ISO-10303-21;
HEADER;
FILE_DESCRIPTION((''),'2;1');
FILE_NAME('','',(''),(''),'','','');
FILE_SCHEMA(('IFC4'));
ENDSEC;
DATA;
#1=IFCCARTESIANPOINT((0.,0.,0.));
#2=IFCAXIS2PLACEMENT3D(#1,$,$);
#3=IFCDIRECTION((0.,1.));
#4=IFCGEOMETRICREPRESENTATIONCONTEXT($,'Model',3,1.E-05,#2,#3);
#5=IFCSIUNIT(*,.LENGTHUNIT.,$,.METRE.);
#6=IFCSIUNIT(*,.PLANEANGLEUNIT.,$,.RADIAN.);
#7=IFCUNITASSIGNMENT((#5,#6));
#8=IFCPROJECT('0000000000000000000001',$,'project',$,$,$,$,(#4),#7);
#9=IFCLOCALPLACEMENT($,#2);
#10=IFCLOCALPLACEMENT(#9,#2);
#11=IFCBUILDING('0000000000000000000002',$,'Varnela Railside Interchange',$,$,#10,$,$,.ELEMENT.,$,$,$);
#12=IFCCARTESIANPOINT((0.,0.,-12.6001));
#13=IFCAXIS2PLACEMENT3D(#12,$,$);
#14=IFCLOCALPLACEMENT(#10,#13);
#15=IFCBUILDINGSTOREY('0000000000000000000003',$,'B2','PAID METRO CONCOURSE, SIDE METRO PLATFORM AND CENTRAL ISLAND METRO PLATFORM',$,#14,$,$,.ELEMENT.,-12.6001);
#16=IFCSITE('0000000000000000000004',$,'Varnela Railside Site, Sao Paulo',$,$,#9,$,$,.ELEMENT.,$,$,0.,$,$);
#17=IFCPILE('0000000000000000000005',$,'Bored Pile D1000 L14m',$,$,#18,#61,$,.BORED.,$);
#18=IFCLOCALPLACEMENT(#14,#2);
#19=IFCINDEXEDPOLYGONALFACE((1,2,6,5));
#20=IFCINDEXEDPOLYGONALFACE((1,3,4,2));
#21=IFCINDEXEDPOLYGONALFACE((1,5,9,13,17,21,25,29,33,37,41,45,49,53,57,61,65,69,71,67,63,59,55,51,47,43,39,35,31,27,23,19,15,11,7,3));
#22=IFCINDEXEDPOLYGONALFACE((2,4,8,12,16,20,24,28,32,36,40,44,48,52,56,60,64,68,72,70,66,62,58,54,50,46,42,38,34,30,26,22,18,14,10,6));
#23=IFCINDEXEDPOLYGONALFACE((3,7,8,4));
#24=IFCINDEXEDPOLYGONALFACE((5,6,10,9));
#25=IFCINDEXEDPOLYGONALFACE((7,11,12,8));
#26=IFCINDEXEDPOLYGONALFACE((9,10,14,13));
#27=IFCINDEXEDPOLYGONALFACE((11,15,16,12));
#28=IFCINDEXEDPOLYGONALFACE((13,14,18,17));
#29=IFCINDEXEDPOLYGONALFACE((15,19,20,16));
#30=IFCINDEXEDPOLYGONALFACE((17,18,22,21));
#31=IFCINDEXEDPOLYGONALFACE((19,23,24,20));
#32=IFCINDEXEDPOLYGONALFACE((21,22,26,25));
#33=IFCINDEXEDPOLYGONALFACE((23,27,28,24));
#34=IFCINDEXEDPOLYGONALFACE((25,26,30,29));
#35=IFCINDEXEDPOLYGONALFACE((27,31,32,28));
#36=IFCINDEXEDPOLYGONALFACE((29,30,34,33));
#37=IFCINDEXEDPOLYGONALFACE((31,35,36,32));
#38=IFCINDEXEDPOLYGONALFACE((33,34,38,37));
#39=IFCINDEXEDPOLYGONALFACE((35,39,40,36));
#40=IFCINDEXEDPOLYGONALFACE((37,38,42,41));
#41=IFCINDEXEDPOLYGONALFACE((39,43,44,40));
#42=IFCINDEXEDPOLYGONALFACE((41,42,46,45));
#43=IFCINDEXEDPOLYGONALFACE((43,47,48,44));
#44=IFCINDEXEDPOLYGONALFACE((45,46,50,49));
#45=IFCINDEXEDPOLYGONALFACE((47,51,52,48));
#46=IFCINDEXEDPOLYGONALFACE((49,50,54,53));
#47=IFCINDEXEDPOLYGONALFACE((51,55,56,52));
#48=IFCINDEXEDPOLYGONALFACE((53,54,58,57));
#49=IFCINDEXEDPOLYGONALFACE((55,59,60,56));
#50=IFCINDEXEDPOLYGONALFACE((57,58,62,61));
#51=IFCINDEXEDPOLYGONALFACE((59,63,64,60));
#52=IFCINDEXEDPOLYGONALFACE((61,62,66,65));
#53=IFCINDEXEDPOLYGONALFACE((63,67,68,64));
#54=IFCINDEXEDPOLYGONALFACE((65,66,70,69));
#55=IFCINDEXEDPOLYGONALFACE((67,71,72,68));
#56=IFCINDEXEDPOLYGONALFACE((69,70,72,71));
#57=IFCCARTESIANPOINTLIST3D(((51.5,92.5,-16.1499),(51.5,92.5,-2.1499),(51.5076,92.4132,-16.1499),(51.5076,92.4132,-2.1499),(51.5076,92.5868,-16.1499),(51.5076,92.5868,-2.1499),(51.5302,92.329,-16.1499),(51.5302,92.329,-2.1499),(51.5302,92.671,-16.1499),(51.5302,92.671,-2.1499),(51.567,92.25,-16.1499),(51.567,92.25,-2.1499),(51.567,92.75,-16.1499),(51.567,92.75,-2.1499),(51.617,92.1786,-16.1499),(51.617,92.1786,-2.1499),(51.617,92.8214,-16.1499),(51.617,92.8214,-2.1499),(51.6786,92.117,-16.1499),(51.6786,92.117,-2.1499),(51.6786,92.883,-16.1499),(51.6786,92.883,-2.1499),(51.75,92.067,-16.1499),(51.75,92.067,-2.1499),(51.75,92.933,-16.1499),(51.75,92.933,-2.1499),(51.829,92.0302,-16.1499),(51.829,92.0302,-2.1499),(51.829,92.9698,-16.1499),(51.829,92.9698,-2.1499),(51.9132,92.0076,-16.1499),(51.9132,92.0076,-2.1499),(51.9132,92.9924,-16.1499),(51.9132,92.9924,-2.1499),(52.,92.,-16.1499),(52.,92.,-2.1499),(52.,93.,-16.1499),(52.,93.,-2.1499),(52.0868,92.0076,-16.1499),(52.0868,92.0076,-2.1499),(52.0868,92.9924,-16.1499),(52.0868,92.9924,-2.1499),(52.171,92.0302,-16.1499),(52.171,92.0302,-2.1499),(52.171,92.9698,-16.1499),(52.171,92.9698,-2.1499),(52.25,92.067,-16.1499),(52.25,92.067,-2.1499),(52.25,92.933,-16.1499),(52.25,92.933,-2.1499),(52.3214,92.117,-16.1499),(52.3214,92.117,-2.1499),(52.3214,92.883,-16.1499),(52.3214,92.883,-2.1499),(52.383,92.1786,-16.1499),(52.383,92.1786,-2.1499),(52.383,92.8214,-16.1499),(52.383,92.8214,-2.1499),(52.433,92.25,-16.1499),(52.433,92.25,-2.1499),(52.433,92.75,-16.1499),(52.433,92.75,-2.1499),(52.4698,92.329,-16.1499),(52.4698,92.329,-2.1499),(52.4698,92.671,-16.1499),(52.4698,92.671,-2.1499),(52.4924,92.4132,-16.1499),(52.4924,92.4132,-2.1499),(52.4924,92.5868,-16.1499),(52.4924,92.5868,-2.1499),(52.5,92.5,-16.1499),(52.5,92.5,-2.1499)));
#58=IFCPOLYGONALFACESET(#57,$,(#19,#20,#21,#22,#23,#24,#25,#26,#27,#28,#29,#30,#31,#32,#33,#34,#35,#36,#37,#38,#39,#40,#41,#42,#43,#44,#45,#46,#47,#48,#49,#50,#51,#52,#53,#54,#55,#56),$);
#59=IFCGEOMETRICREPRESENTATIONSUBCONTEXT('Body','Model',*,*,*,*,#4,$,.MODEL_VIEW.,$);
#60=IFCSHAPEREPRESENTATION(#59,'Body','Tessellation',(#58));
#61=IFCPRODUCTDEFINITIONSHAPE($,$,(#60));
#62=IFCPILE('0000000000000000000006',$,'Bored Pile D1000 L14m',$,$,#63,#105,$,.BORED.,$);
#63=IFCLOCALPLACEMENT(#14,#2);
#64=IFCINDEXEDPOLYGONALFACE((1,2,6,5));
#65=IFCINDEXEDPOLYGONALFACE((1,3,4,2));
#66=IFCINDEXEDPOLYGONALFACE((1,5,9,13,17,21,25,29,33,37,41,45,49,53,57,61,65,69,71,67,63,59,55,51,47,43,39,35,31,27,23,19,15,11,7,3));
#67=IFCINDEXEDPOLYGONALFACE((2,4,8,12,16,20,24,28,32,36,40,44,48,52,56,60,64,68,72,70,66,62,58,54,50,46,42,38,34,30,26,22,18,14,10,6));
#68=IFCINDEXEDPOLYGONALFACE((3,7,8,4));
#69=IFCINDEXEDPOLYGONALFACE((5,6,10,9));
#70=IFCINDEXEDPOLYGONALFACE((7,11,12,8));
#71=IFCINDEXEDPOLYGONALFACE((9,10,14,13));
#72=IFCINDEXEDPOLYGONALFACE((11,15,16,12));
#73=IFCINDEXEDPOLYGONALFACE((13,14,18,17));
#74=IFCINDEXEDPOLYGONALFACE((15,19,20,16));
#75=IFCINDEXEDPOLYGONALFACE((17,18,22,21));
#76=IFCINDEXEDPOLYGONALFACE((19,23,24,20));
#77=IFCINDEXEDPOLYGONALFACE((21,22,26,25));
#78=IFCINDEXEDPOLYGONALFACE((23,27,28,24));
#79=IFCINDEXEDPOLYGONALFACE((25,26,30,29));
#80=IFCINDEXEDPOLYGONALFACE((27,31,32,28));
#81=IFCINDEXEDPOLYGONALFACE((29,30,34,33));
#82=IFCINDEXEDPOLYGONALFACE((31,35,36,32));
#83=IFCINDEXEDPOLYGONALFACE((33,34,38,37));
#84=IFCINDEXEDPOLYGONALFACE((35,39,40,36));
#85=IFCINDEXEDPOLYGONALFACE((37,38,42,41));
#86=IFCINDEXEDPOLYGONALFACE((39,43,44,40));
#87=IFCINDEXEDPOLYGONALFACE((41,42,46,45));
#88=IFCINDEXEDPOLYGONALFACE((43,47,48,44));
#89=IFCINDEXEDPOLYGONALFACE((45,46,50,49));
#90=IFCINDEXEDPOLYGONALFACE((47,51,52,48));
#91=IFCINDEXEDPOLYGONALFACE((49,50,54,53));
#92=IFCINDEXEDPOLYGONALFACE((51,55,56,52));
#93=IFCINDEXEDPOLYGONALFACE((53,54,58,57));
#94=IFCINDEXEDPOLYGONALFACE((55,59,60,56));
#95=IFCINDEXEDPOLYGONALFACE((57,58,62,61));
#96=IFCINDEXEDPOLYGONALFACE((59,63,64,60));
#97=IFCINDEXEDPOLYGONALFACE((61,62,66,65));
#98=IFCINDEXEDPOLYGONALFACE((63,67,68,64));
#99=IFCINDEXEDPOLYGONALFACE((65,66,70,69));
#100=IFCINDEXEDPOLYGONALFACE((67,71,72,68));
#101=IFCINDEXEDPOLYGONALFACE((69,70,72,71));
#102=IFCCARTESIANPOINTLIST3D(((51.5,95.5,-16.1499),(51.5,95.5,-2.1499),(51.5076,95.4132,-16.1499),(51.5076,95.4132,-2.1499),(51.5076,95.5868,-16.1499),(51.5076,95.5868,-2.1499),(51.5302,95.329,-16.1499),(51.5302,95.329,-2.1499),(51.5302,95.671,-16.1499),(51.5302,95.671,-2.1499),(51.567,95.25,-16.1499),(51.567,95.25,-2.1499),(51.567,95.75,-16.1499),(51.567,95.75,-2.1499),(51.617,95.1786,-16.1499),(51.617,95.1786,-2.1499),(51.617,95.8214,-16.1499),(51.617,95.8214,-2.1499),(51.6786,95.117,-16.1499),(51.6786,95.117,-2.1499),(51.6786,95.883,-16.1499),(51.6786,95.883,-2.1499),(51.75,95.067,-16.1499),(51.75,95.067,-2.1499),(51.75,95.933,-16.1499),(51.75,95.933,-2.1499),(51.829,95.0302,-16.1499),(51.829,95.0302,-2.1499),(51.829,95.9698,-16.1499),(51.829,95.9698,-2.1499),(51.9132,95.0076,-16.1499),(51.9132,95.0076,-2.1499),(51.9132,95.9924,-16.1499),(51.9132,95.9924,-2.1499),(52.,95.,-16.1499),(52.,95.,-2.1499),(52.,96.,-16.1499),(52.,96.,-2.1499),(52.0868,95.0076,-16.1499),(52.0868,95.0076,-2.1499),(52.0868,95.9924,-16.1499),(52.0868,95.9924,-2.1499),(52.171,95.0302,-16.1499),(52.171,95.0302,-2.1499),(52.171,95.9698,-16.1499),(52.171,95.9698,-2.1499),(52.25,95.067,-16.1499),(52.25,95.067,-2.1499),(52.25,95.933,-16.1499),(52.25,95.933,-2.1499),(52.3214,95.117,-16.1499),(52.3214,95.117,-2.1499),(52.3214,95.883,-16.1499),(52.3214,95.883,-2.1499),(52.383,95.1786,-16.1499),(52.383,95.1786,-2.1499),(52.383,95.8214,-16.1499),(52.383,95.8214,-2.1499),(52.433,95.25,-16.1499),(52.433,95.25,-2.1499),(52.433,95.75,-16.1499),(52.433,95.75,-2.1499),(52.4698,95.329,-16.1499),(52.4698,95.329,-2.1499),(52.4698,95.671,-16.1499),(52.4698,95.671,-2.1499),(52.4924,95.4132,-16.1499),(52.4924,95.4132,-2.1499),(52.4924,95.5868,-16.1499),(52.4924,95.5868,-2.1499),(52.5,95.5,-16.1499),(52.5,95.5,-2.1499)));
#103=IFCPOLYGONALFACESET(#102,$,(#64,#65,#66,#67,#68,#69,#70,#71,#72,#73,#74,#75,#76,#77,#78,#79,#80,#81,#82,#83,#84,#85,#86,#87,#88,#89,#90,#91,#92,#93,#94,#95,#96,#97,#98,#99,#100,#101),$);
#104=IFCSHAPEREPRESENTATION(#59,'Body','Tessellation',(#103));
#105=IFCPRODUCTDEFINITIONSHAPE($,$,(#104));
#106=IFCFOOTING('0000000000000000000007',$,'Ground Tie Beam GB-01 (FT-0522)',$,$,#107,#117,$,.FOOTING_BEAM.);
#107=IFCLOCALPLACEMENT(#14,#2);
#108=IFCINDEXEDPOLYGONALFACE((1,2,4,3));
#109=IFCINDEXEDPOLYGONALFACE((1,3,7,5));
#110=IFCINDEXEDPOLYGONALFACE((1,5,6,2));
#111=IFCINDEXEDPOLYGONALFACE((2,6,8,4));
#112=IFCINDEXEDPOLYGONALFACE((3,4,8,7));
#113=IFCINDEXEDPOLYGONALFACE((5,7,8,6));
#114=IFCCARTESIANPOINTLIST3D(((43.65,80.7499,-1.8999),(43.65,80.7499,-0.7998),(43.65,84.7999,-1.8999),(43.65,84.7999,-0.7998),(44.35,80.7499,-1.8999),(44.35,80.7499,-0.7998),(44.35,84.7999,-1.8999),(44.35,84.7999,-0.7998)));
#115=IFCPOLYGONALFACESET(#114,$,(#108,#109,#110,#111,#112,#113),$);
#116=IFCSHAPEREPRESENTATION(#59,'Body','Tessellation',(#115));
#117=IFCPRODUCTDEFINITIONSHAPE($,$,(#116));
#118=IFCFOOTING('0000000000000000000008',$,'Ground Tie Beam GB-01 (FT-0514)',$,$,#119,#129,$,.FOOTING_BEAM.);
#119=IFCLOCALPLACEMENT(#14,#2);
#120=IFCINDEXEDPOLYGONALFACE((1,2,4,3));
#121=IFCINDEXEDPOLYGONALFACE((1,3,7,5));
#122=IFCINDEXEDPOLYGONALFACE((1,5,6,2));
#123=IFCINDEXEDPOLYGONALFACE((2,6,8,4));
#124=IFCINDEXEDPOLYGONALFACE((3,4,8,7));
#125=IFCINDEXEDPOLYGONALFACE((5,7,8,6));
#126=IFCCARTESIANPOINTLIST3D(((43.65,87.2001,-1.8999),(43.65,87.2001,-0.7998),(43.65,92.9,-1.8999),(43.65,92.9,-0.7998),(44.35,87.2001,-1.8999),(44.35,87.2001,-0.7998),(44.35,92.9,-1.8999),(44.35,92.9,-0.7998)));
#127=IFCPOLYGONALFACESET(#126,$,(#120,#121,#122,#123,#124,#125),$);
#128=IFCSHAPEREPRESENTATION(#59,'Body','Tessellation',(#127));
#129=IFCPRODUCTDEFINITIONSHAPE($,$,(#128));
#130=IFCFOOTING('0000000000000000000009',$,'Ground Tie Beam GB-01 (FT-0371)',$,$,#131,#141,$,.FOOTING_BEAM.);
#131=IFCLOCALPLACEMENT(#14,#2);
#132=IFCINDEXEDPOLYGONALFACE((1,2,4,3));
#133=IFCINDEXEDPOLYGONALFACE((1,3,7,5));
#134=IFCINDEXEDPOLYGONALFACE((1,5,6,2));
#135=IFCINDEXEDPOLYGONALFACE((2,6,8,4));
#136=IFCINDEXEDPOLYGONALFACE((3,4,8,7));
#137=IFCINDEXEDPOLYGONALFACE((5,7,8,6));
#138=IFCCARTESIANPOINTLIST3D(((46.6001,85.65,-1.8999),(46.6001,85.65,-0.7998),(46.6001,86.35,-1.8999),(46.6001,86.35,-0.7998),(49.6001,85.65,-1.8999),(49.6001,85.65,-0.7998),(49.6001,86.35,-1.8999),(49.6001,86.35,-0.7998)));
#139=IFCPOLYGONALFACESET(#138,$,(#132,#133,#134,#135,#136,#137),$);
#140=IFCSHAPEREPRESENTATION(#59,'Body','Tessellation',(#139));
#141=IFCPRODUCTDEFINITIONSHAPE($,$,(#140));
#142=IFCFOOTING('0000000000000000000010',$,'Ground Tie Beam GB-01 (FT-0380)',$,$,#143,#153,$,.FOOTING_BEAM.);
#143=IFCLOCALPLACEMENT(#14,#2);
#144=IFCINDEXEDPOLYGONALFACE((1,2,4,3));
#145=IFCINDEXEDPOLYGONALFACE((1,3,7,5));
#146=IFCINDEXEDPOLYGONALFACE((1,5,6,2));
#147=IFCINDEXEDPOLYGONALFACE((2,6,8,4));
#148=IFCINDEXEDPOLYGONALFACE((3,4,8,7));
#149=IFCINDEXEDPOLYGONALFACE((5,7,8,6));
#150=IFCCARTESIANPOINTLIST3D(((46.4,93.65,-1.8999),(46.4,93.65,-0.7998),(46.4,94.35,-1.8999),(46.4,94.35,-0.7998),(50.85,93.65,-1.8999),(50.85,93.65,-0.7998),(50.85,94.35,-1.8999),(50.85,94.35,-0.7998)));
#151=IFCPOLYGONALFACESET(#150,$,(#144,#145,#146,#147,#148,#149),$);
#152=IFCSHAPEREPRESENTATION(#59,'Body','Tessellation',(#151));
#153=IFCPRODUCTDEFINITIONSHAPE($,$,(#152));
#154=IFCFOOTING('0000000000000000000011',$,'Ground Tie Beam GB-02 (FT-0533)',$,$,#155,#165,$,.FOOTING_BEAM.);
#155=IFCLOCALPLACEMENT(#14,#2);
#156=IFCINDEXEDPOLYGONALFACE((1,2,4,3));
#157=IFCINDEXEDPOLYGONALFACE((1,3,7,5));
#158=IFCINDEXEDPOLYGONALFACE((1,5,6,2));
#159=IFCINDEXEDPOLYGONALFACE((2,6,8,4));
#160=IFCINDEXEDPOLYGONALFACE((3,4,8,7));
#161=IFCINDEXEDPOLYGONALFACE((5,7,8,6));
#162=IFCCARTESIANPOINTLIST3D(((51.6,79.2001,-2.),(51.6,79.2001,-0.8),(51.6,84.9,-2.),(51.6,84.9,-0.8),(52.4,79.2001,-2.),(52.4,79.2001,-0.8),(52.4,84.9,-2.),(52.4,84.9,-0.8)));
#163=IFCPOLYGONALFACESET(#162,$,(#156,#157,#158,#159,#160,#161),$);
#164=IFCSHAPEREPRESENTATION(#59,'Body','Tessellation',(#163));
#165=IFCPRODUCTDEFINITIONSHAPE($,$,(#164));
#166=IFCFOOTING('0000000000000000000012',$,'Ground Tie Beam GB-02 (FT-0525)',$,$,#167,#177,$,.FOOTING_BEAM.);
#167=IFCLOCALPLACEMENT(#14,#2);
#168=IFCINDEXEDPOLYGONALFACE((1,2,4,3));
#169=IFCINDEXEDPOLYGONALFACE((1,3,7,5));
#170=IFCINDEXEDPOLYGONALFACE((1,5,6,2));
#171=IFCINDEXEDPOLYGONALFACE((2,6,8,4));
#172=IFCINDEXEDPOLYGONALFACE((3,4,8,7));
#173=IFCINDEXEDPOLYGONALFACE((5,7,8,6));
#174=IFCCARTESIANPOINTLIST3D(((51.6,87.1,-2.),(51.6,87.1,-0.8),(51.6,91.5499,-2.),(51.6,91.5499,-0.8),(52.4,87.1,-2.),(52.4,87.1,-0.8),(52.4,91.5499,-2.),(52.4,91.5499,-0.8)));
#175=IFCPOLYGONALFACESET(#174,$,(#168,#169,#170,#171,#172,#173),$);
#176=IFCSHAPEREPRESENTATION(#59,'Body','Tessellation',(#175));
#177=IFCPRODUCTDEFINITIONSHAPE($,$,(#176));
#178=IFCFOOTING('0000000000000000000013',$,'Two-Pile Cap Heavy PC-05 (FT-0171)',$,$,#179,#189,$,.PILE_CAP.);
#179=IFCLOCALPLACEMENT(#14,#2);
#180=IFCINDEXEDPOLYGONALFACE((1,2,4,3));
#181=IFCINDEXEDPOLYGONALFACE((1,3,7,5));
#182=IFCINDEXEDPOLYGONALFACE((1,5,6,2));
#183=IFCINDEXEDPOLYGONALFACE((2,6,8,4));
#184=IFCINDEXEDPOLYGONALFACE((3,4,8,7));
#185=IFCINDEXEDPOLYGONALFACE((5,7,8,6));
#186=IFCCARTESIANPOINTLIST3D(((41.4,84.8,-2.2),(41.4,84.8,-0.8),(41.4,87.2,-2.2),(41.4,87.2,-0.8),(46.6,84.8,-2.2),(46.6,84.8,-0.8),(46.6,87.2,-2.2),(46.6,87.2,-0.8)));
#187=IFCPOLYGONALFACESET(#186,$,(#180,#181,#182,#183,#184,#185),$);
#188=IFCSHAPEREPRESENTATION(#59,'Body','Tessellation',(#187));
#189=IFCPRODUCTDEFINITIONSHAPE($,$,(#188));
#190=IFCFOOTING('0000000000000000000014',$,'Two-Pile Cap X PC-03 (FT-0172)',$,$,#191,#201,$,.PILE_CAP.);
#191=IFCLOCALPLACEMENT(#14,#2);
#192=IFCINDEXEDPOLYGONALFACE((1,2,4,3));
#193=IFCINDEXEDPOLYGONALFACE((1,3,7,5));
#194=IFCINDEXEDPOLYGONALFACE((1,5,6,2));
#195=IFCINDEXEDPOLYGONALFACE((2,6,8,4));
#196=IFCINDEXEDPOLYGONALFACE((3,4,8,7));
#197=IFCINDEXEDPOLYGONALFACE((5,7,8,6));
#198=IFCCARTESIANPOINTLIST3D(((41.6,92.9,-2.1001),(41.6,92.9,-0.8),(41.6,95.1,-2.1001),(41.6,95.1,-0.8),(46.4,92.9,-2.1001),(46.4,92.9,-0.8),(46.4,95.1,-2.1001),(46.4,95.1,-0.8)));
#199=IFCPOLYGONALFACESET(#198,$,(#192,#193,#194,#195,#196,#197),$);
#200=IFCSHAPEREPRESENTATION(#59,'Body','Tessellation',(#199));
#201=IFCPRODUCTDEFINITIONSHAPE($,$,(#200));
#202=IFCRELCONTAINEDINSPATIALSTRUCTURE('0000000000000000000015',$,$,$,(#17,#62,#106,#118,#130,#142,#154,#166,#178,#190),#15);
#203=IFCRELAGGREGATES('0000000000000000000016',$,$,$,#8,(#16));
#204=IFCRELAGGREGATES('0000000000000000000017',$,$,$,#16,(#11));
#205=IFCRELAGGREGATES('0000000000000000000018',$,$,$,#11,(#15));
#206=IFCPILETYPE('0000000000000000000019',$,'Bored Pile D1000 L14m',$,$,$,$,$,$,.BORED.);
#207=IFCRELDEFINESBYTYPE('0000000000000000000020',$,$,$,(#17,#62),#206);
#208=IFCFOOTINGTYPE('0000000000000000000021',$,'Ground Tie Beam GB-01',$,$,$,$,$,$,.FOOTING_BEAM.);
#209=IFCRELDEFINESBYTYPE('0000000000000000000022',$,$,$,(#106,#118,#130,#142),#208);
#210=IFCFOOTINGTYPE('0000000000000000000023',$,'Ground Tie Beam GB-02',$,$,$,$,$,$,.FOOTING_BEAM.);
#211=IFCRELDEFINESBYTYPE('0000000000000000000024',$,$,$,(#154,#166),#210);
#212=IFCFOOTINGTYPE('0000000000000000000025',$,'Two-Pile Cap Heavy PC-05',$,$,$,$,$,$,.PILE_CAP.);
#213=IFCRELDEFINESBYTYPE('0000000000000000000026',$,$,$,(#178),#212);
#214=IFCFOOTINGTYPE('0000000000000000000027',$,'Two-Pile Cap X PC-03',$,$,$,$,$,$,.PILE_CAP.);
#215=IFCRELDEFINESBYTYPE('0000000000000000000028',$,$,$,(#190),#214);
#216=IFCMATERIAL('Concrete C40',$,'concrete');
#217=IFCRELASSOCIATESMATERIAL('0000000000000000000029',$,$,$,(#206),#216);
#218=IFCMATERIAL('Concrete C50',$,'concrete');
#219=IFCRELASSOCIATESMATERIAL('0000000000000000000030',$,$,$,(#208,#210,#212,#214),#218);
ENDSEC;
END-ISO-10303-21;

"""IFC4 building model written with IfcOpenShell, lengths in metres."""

from ifc_helpers import new_model, si_unit, direction, frame, origin, origin_2d, place, context, subcontext, project, spatial, rectangle, circle, extrude, material, material_profile, profile_set, type_object, element, save


model = new_model("IFC4")

# Units and contexts
model_context = context("Model", 3, precision=1e-05, world=origin(), true_north=direction((0.0, 1.0)))
body_context = subcontext(model_context, "Body", "Model", "MODEL_VIEW")
ifc_project = project(units=[si_unit("LENGTHUNIT", "METRE"), si_unit("PLANEANGLEUNIT", "RADIAN")], contexts=[model_context])

# Site, building, storey
site_placement = place(None, origin())
site = spatial("IfcSite", under=ifc_project, at=site_placement, Name="Varnela Railside Site, Sao Paulo", CompositionType="ELEMENT", RefElevation=0.0)
building_placement = place(site_placement, origin())
building = spatial("IfcBuilding", under=site, at=building_placement, Name="Varnela Railside Interchange", CompositionType="ELEMENT")
storey_placement = place(building_placement, frame((0.0, 0.0, -12.6001)))
storey = spatial("IfcBuildingStorey", under=building, at=storey_placement, Name="B2", Description="PAID METRO CONCOURSE, SIDE METRO PLATFORM AND CENTRAL ISLAND METRO PLATFORM", CompositionType="ELEMENT", Elevation=-12.6001)

# Piles
ifc_material_1 = material(Name="Concrete C40", Category="concrete")
ifc_material_profile_1 = material_profile(ifc_material_1, circle(Radius=0.5, at=origin_2d()), Name="BORED PILE D1000")
ifc_profile_set_1 = profile_set([ifc_material_profile_1], Name="Concrete C40")
pile_type = type_object("IfcPileType", Name="Bored Pile D1000 L14m", PredefinedType="BORED", material=ifc_profile_set_1)
for number, where, z_axis, x_axis, name in (
    (1, (52.0, 92.5, -2.1499), (0.0, 0.0, -1.0), (1.0, 0.0, 0.0), "Bored Pile D1000 L14m"),
    (2, (52.0, 95.5, -2.1499), (0.0, 0.0, -1.0), (1.0, 0.0, 0.0), "Bored Pile D1000 L14m"),
):
    element("IfcPile", number, at=place(storey_placement, frame(where, z_axis=z_axis, x_axis=x_axis)), inside=storey, type_object=pile_type, Name=name, PredefinedType="BORED", context=body_context, shape_type="SweptSolid", body=[
        extrude(circle(Radius=0.5, at=origin_2d()), origin(), (0.0, 0.0, 1.0), 14.0),
    ])

# Footings
ifc_material_2 = material(Name="Concrete C50", Category="concrete")
footing_type_1 = type_object("IfcFootingType", Name="Ground Tie Beam GB-01", PredefinedType="FOOTING_BEAM", material=ifc_material_2)
footing_1_placement = place(storey_placement, frame((44.0, 82.7749, -1.8999), z_axis=(0.0, 0.0, 1.0), x_axis=(1.0, 0.0, 0.0)))
element("IfcFooting", 3, at=footing_1_placement, inside=storey, type_object=footing_type_1, Name="Ground Tie Beam GB-01 (FT-0522)", PredefinedType="FOOTING_BEAM", context=body_context, shape_type="SweptSolid", body=[
    extrude(rectangle(XDim=0.7, YDim=4.05, at=origin_2d()), origin(), (0.0, 0.0, 1.0), 1.1001),
])
footing_2_placement = place(storey_placement, frame((44.0, 90.05, -1.8999), z_axis=(0.0, 0.0, 1.0), x_axis=(1.0, 0.0, 0.0)))
element("IfcFooting", 4, at=footing_2_placement, inside=storey, type_object=footing_type_1, Name="Ground Tie Beam GB-01 (FT-0514)", PredefinedType="FOOTING_BEAM", context=body_context, shape_type="SweptSolid", body=[
    extrude(rectangle(XDim=0.7, YDim=5.7, at=origin_2d()), origin(), (0.0, 0.0, 1.0), 1.1001),
])
footing_3_placement = place(storey_placement, frame((48.1001, 86.0, -1.8999), z_axis=(0.0, 0.0, 1.0), x_axis=(1.0, 0.0, 0.0)))
element("IfcFooting", 5, at=footing_3_placement, inside=storey, type_object=footing_type_1, Name="Ground Tie Beam GB-01 (FT-0371)", PredefinedType="FOOTING_BEAM", context=body_context, shape_type="SweptSolid", body=[
    extrude(rectangle(XDim=3.0, YDim=0.7, at=origin_2d()), origin(), (0.0, 0.0, 1.0), 1.1001),
])
footing_4_placement = place(storey_placement, frame((48.625, 94.0, -1.8999), z_axis=(0.0, 0.0, 1.0), x_axis=(1.0, 0.0, 0.0)))
element("IfcFooting", 6, at=footing_4_placement, inside=storey, type_object=footing_type_1, Name="Ground Tie Beam GB-01 (FT-0380)", PredefinedType="FOOTING_BEAM", context=body_context, shape_type="SweptSolid", body=[
    extrude(rectangle(XDim=4.45, YDim=0.7, at=origin_2d()), origin(), (0.0, 0.0, 1.0), 1.1001),
])
footing_type_2 = type_object("IfcFootingType", Name="Ground Tie Beam GB-02", PredefinedType="FOOTING_BEAM", material=ifc_material_2)
footing_5_placement = place(storey_placement, frame((52.0, 82.05, -2.0), z_axis=(0.0, 0.0, 1.0), x_axis=(1.0, 0.0, 0.0)))
element("IfcFooting", 7, at=footing_5_placement, inside=storey, type_object=footing_type_2, Name="Ground Tie Beam GB-02 (FT-0533)", PredefinedType="FOOTING_BEAM", context=body_context, shape_type="SweptSolid", body=[
    extrude(rectangle(XDim=0.8, YDim=5.7, at=origin_2d()), origin(), (0.0, 0.0, 1.0), 1.2),
])
footing_6_placement = place(storey_placement, frame((52.0, 89.325, -2.0), z_axis=(0.0, 0.0, 1.0), x_axis=(1.0, 0.0, 0.0)))
element("IfcFooting", 8, at=footing_6_placement, inside=storey, type_object=footing_type_2, Name="Ground Tie Beam GB-02 (FT-0525)", PredefinedType="FOOTING_BEAM", context=body_context, shape_type="SweptSolid", body=[
    extrude(rectangle(XDim=0.8, YDim=4.45, at=origin_2d()), origin(), (0.0, 0.0, 1.0), 1.2),
])
footing_type_3 = type_object("IfcFootingType", Name="Two-Pile Cap Heavy PC-05", PredefinedType="PILE_CAP", material=ifc_material_2)
footing_7_placement = place(storey_placement, frame((44.0, 86.0, -2.2), z_axis=(0.0, 0.0, 1.0), x_axis=(1.0, 0.0, 0.0)))
element("IfcFooting", 9, at=footing_7_placement, inside=storey, type_object=footing_type_3, Name="Two-Pile Cap Heavy PC-05 (FT-0171)", PredefinedType="PILE_CAP", context=body_context, shape_type="SweptSolid", body=[
    extrude(rectangle(XDim=5.2, YDim=2.3999, at=origin_2d()), origin(), (0.0, 0.0, 1.0), 1.3999),
])
footing_type_4 = type_object("IfcFootingType", Name="Two-Pile Cap X PC-03", PredefinedType="PILE_CAP", material=ifc_material_2)
for number, where, z_axis, x_axis, name in (
    (10, (44.0, 94.0, -2.1001), (0.0, 0.0, 1.0), (1.0, 0.0, 0.0), "Two-Pile Cap X PC-03 (FT-0172)"),
):
    element("IfcFooting", number, at=place(storey_placement, frame(where, z_axis=z_axis, x_axis=x_axis)), inside=storey, type_object=footing_type_4, Name=name, PredefinedType="PILE_CAP", context=body_context, shape_type="SweptSolid", body=[
        extrude(rectangle(XDim=4.8, YDim=2.2, at=origin_2d()), origin(), (0.0, 0.0, 1.0), 1.3),
    ])

save(model, "model.ifc")
